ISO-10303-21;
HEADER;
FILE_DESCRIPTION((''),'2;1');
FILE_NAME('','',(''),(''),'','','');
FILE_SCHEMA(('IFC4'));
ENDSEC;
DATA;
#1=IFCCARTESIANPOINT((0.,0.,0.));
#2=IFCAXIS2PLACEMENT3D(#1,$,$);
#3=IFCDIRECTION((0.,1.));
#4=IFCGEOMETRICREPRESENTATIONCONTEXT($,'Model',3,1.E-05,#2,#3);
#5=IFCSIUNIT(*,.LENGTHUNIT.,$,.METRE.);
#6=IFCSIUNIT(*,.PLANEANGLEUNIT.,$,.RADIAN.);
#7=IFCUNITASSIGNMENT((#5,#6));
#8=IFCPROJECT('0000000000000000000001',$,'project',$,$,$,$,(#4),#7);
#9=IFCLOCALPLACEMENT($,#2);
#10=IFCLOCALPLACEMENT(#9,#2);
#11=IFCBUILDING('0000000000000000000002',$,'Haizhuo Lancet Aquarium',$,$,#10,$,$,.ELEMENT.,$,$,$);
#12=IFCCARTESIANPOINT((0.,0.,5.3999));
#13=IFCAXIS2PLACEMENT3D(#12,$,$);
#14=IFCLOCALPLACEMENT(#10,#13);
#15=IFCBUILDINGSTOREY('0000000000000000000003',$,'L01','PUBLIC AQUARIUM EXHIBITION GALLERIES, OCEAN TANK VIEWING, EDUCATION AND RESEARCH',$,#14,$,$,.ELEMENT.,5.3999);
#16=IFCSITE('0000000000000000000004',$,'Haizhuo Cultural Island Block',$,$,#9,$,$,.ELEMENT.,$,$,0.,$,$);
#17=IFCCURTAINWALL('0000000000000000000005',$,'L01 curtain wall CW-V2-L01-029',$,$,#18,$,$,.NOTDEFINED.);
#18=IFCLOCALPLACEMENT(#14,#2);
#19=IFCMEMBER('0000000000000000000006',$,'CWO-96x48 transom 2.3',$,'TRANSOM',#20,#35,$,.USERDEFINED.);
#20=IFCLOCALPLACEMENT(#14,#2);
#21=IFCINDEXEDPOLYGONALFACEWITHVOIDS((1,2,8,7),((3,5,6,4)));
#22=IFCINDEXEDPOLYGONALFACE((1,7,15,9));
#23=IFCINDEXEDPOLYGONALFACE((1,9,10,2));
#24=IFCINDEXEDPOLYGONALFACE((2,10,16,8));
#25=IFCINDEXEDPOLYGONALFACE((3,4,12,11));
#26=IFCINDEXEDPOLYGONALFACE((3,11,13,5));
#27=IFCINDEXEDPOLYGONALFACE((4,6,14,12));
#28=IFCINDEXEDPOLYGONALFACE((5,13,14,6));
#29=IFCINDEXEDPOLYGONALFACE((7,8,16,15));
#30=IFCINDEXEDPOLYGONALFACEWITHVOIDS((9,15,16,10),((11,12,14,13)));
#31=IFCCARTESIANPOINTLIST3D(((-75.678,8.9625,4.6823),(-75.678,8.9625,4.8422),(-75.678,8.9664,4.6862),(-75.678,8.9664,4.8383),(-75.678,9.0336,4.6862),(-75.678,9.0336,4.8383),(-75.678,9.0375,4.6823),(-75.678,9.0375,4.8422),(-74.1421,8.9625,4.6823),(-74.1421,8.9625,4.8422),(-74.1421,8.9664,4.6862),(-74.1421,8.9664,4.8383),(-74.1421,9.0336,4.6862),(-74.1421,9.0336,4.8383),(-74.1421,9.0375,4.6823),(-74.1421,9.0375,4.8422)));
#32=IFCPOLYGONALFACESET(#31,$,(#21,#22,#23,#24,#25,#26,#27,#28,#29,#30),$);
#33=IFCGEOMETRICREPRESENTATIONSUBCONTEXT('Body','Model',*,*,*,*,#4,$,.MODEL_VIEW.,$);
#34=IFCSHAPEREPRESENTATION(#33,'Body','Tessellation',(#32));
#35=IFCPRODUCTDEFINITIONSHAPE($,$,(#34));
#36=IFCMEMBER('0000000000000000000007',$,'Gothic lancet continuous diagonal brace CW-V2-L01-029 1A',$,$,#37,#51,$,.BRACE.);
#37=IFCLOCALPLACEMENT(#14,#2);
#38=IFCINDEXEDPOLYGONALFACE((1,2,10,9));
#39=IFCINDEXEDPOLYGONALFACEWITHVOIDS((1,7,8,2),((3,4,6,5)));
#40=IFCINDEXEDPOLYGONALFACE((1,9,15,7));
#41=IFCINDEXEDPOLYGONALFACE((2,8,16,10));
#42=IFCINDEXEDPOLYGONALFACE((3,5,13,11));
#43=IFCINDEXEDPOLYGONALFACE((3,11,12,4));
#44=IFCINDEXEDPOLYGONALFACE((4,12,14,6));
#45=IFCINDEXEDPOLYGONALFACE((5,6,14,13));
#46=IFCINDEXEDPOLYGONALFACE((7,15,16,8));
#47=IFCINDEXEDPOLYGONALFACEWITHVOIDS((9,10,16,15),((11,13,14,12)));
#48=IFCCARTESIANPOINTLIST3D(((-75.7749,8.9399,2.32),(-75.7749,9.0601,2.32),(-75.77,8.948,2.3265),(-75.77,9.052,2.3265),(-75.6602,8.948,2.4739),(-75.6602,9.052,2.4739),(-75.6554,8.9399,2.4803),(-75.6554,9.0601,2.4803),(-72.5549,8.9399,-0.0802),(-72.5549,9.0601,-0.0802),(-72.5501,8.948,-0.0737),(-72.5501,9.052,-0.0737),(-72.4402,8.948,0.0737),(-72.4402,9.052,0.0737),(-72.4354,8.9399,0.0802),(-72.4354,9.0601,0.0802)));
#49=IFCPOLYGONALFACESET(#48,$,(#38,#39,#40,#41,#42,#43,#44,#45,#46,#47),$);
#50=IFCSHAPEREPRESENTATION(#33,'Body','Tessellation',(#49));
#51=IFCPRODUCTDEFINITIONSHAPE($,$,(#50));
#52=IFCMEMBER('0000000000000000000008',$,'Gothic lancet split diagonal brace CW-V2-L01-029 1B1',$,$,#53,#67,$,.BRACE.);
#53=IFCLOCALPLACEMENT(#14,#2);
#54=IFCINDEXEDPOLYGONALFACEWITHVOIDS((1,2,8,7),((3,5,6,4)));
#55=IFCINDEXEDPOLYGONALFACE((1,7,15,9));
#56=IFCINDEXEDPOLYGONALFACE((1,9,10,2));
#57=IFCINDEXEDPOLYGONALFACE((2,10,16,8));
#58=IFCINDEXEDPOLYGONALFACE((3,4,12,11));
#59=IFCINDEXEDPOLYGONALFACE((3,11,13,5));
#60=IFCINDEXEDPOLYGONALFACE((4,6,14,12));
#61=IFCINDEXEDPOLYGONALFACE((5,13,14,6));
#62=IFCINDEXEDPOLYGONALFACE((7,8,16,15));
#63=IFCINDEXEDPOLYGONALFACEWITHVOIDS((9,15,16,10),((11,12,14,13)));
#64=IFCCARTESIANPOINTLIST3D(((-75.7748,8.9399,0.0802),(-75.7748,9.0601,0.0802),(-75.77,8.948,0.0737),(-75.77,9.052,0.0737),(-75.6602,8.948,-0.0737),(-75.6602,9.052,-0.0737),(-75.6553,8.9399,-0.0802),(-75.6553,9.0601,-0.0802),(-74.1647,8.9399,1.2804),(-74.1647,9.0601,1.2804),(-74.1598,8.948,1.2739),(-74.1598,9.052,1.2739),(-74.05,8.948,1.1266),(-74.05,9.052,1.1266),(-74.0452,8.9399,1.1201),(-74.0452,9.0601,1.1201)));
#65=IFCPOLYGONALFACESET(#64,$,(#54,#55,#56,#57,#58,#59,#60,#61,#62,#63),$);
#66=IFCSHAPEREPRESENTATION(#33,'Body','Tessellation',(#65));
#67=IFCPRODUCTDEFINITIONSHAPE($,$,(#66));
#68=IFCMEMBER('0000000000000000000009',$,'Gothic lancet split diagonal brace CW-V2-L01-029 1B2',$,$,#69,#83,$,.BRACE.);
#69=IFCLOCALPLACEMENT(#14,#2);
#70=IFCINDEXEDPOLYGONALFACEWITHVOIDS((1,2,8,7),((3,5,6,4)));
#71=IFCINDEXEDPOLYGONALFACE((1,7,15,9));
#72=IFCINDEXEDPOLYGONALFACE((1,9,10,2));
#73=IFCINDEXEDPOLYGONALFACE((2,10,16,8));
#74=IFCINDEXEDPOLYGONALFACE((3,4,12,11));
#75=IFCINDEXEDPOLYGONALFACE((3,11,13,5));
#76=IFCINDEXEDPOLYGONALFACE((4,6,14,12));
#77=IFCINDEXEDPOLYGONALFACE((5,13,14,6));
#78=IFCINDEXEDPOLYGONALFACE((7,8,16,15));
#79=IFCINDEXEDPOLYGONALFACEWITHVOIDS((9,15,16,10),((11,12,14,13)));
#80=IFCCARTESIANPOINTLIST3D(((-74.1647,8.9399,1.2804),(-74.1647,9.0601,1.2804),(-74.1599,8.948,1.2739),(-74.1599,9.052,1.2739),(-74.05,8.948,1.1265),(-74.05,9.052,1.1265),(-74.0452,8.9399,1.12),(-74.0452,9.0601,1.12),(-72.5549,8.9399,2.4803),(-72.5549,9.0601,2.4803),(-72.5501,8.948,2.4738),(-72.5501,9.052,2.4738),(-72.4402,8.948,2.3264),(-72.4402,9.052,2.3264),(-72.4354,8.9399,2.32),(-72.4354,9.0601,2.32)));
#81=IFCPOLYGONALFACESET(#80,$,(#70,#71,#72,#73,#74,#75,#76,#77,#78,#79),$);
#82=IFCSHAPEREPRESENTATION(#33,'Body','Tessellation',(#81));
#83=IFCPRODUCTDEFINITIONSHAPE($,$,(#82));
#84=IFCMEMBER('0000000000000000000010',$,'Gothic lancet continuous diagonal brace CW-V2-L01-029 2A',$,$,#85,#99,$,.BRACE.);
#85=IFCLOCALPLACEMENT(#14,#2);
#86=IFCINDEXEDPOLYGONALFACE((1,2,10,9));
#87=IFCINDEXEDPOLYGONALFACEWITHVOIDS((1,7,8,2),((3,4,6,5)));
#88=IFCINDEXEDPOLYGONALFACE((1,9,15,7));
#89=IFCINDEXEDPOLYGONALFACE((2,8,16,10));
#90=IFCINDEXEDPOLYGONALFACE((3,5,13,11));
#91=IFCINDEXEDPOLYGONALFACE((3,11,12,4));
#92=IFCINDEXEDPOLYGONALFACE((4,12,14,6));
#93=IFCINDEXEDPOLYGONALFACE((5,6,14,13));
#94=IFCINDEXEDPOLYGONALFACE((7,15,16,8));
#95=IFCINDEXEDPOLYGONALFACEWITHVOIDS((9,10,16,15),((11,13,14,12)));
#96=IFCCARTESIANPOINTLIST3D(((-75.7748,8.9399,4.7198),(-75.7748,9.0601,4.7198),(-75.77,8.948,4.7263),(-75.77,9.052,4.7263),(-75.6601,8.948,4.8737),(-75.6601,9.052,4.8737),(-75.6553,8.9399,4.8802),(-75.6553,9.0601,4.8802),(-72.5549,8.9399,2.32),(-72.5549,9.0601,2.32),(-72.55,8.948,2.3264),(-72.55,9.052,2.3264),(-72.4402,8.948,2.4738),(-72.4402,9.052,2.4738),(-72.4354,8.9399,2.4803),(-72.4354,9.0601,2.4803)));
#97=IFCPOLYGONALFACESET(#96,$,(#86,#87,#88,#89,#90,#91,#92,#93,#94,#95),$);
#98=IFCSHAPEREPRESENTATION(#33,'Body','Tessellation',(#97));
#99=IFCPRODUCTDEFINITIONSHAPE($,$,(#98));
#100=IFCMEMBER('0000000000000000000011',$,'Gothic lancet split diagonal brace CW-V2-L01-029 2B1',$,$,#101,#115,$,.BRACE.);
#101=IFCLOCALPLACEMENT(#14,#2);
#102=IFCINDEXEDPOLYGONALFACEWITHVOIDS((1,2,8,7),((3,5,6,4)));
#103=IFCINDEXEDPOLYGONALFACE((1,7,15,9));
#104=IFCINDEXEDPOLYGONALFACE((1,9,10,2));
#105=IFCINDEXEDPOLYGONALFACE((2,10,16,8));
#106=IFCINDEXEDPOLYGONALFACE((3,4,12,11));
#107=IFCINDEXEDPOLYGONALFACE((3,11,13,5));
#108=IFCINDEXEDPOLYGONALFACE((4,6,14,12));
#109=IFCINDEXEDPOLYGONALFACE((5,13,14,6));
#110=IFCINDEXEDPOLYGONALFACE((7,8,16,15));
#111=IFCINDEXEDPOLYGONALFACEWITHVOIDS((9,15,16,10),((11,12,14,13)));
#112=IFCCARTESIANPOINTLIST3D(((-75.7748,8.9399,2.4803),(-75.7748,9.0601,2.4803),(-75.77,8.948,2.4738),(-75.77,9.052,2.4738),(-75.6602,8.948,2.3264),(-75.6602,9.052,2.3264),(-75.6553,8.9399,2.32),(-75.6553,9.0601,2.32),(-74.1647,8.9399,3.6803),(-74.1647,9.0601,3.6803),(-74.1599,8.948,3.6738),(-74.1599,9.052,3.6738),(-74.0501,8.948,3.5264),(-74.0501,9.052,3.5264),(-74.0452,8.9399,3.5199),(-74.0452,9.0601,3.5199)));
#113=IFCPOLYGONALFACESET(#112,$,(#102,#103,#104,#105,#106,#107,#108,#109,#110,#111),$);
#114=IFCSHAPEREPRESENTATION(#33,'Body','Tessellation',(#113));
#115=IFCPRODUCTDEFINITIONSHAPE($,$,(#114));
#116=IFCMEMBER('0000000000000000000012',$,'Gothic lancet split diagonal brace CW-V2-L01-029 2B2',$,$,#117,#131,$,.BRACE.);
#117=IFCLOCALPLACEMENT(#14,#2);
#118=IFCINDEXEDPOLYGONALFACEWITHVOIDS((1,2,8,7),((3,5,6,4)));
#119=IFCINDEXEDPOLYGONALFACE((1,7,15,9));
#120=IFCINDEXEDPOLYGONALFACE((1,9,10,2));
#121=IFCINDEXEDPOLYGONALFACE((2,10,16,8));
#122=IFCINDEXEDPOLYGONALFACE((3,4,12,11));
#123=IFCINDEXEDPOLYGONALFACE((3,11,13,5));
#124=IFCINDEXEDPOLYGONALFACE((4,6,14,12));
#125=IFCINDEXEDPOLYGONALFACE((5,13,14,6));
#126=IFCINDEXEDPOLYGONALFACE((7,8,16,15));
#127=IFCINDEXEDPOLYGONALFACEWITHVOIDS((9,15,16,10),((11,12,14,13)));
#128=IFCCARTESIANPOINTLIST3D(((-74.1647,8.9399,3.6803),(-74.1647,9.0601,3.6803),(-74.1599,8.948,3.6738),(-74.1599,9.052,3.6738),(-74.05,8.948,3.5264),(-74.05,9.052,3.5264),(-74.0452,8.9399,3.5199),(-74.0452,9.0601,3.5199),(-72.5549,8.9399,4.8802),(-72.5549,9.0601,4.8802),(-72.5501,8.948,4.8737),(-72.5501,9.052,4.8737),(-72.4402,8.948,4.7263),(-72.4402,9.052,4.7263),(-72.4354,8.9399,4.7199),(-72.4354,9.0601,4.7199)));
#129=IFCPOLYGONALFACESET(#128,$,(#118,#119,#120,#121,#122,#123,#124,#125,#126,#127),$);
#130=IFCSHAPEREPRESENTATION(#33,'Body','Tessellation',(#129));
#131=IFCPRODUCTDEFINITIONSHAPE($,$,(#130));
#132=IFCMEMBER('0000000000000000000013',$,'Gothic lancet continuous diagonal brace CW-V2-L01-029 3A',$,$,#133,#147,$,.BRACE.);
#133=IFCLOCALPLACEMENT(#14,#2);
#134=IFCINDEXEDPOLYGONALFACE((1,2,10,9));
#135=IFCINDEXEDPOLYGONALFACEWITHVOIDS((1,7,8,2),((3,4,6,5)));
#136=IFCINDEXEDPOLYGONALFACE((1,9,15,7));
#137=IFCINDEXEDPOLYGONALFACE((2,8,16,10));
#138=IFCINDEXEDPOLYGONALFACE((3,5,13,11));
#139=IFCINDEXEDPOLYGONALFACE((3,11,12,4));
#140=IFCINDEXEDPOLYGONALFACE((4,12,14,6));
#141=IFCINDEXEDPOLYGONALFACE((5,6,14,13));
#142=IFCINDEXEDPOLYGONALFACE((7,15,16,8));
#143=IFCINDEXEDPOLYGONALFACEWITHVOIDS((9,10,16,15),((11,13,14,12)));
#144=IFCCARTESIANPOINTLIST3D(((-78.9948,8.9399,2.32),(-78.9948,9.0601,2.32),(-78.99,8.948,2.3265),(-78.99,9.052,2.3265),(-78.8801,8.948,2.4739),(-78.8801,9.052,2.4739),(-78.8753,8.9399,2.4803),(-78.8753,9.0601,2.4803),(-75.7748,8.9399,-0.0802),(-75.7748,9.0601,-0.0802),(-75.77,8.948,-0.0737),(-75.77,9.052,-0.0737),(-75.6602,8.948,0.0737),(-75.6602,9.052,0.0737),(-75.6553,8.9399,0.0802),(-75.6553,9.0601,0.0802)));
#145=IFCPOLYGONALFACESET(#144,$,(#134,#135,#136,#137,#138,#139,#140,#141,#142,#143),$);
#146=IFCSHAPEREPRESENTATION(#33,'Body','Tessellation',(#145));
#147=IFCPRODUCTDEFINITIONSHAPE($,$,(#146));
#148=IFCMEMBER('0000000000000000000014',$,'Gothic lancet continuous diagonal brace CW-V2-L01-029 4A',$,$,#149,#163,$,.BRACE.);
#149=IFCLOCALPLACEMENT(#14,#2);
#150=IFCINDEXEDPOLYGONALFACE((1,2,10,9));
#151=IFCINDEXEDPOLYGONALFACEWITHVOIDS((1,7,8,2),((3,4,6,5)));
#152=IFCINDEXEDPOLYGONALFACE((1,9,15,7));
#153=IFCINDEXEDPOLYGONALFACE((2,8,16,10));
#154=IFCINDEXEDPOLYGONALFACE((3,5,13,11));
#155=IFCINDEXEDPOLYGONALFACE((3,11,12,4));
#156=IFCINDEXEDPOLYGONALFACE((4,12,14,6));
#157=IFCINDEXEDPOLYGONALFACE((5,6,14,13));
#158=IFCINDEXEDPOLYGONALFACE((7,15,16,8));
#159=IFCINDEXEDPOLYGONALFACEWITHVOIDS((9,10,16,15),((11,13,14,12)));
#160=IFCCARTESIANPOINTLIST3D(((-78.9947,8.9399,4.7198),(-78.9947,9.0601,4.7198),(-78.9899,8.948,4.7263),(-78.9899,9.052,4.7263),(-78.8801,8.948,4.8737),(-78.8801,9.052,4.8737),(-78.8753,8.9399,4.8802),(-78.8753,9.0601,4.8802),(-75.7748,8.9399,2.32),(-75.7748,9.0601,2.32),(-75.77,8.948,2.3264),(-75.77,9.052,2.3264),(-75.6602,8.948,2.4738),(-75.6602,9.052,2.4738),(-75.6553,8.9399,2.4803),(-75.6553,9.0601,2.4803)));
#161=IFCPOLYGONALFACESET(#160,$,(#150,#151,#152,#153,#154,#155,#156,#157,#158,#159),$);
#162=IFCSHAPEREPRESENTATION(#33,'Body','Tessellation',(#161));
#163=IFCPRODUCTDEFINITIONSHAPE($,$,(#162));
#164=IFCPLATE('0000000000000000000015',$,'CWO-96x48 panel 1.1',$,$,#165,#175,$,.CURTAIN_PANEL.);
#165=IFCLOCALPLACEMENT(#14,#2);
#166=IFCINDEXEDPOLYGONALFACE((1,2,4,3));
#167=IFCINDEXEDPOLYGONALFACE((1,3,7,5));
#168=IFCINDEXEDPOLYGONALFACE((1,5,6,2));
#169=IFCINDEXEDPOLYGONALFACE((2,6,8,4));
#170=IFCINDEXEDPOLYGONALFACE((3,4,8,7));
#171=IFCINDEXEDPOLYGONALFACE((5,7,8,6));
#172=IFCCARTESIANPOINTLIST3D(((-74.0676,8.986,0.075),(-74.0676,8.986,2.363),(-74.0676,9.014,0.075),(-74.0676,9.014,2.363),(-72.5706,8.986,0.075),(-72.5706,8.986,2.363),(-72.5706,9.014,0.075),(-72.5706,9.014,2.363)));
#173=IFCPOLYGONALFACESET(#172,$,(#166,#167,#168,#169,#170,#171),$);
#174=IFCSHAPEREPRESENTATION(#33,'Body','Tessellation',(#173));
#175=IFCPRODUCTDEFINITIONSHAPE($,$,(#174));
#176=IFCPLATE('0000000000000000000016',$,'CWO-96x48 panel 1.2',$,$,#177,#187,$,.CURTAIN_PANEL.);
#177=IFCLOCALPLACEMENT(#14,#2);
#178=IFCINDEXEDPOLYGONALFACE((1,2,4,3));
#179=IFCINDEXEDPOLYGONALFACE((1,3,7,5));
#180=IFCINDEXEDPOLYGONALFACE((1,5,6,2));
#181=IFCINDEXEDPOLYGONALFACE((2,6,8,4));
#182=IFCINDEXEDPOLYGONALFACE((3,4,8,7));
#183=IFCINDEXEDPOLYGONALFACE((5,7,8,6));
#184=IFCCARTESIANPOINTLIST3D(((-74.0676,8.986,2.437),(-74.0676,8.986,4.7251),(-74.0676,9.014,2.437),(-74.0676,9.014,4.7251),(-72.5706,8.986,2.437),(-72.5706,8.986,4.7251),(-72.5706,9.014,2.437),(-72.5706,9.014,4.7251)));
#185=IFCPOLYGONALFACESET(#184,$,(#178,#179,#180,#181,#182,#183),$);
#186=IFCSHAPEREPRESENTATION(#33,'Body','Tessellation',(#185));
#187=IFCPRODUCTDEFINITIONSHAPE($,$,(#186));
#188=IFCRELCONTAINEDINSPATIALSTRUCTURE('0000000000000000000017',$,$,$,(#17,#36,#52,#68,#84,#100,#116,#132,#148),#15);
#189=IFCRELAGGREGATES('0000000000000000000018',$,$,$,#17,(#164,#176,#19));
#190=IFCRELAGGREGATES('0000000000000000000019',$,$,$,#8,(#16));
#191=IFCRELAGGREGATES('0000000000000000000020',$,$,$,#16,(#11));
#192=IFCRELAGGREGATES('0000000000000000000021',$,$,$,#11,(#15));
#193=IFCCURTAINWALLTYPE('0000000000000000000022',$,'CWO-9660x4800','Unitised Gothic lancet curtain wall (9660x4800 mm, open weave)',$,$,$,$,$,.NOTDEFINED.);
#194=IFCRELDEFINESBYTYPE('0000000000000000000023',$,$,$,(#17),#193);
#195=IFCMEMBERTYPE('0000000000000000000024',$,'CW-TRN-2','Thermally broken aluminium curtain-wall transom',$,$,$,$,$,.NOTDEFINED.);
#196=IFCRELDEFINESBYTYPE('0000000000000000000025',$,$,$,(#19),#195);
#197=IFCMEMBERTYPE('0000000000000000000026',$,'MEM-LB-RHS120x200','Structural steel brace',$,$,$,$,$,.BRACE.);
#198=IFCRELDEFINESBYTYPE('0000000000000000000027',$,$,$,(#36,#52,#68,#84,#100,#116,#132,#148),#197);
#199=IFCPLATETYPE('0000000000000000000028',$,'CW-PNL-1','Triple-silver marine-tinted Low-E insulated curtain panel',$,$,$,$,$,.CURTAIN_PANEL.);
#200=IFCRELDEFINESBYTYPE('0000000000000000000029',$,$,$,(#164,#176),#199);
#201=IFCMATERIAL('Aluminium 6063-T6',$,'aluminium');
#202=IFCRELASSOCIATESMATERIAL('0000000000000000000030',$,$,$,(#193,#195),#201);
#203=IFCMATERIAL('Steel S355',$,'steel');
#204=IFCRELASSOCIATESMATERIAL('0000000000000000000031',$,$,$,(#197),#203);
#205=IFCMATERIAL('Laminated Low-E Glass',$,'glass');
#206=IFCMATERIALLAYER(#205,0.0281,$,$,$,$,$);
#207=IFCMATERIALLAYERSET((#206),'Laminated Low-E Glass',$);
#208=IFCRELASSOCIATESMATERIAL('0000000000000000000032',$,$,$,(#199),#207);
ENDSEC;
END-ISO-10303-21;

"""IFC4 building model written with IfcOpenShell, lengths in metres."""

from ifc_helpers import new_model, si_unit, direction, frame, origin, origin_2d, place, context, subcontext, project, spatial, rectangle, hollow_rectangle, extrude, material, layer, layer_set, material_profile, profile_set, type_object, element, aggregate, save


model = new_model("IFC4")

# Units and contexts
model_context = context("Model", 3, precision=1e-05, world=origin(), true_north=direction((0.0, 1.0)))
body_context = subcontext(model_context, "Body", "Model", "MODEL_VIEW")
ifc_project = project(units=[si_unit("LENGTHUNIT", "METRE"), si_unit("PLANEANGLEUNIT", "RADIAN")], contexts=[model_context])

# Site, building, storey
site_placement = place(None, origin())
site = spatial("IfcSite", under=ifc_project, at=site_placement, Name="Haizhuo Cultural Island Block", CompositionType="ELEMENT", RefElevation=0.0)
building_placement = place(site_placement, origin())
building = spatial("IfcBuilding", under=site, at=building_placement, Name="Haizhuo Lancet Aquarium", CompositionType="ELEMENT")
storey_placement = place(building_placement, frame((0.0, 0.0, 5.3999)))
storey = spatial("IfcBuildingStorey", under=building, at=storey_placement, Name="L01", Description="PUBLIC AQUARIUM EXHIBITION GALLERIES, OCEAN TANK VIEWING, EDUCATION AND RESEARCH", CompositionType="ELEMENT", Elevation=5.3999)

# Shared definitions
ifc_material_1 = material(Name="Steel S355", Category="steel")

# Curtain wall, member
ifc_material_2 = material(Name="Aluminium 6063-T6", Category="aluminium")
curtain_wall_type = type_object("IfcCurtainWallType", Name="CWO-9660x4800", Description="Unitised Gothic lancet curtain wall (9660x4800 mm, open weave)", PredefinedType="NOTDEFINED", material=ifc_material_2)
curtain_wall_placement = place(storey_placement, origin())
curtain_wall = element("IfcCurtainWall", 1, at=curtain_wall_placement, inside=storey, type_object=curtain_wall_type, Name="L01 curtain wall CW-V2-L01-029", PredefinedType="NOTDEFINED")
ifc_material_profile_1 = material_profile(ifc_material_2, hollow_rectangle(XDim=0.075, YDim=0.1599, WallThickness=0.0039, at=origin_2d()), Name="ALU-T 75x160x4")
ifc_profile_set_1 = profile_set([ifc_material_profile_1], Name="Aluminium 6063-T6")
member_type_1 = type_object("IfcMemberType", Name="CW-TRN-2", Description="Thermally broken aluminium curtain-wall transom", PredefinedType="NOTDEFINED", material=ifc_profile_set_1)
member_1_placement = place(storey_placement, frame((-74.1421, 9.0, 4.7622), z_axis=(-1.0, 0.0, 0.0), x_axis=(0.0, -1.0, 0.0)))
member_1 = element("IfcMember", 2, at=member_1_placement, type_object=member_type_1, Name="CWO-96x48 transom 2.3", ObjectType="TRANSOM", PredefinedType="USERDEFINED", context=body_context, shape_type="SweptSolid", body=[
    extrude(hollow_rectangle(XDim=0.075, YDim=0.1599, WallThickness=0.0039, at=origin_2d()), origin(), (0.0, 0.0, 1.0), 1.5359),
])

# Members
ifc_material_profile_2 = material_profile(ifc_material_1, hollow_rectangle(XDim=0.1201, YDim=0.2, WallThickness=0.0081, at=origin_2d()), Name="RHS 120x200x8")
ifc_profile_set_2 = profile_set([ifc_material_profile_2], Name="Steel S355")
member_type_2 = type_object("IfcMemberType", Name="MEM-LB-RHS120x200", Description="Structural steel brace", PredefinedType="BRACE", material=ifc_profile_set_2)
member_2_placement = place(storey_placement, frame((-72.4951, 9.0, 0.0), z_axis=(-0.801769, 0.0, 0.597634), x_axis=(0.0, -1.0, 0.0)))
element("IfcMember", 3, at=member_2_placement, inside=storey, type_object=member_type_2, Name="Gothic lancet continuous diagonal brace CW-V2-L01-029 1A", PredefinedType="BRACE", context=body_context, shape_type="SweptSolid", body=[
    extrude(hollow_rectangle(XDim=0.1201, YDim=0.2, WallThickness=0.0081, at=origin_2d()), origin(), (0.0, 0.0, 1.0), 4.0161),
])
member_3_placement = place(storey_placement, frame((-75.7151, 9.0, 0.0), z_axis=(0.801762, 0.0, 0.597644), x_axis=(0.0, 1.0, 0.0)))
element("IfcMember", 4, at=member_3_placement, inside=storey, type_object=member_type_2, Name="Gothic lancet split diagonal brace CW-V2-L01-029 1B1", PredefinedType="BRACE", context=body_context, shape_type="SweptSolid", body=[
    extrude(hollow_rectangle(XDim=0.1201, YDim=0.2, WallThickness=0.0081, at=origin_2d()), origin(), (0.0, 0.0, 1.0), 2.0083),
])
member_4_placement = place(storey_placement, frame((-74.105, 9.0, 1.2002), z_axis=(0.801777, 0.0, 0.597624), x_axis=(0.0, 1.0, 0.0)))
element("IfcMember", 5, at=member_4_placement, inside=storey, type_object=member_type_2, Name="Gothic lancet split diagonal brace CW-V2-L01-029 1B2", PredefinedType="BRACE", context=body_context, shape_type="SweptSolid", body=[
    extrude(hollow_rectangle(XDim=0.1201, YDim=0.2, WallThickness=0.0081, at=origin_2d()), origin(), (0.0, 0.0, 1.0), 2.0078),
])
member_5_placement = place(storey_placement, frame((-72.4951, 9.0, 2.4001), z_axis=(-0.801798, 0.0, 0.597595), x_axis=(0.0, -1.0, 0.0)))
element("IfcMember", 6, at=member_5_placement, inside=storey, type_object=member_type_2, Name="Gothic lancet continuous diagonal brace CW-V2-L01-029 2A", PredefinedType="BRACE", context=body_context, shape_type="SweptSolid", body=[
    extrude(hollow_rectangle(XDim=0.1201, YDim=0.2, WallThickness=0.0081, at=origin_2d()), origin(), (0.0, 0.0, 1.0), 4.0159),
])
member_6_placement = place(storey_placement, frame((-75.7151, 9.0, 2.4001), z_axis=(0.80182, 0.0, 0.597566), x_axis=(0.0, 1.0, 0.0)))
element("IfcMember", 7, at=member_6_placement, inside=storey, type_object=member_type_2, Name="Gothic lancet split diagonal brace CW-V2-L01-029 2B1", PredefinedType="BRACE", context=body_context, shape_type="SweptSolid", body=[
    extrude(hollow_rectangle(XDim=0.1201, YDim=0.2, WallThickness=0.0081, at=origin_2d()), origin(), (0.0, 0.0, 1.0), 2.0081),
])
member_7_placement = place(storey_placement, frame((-74.105, 9.0, 3.6001), z_axis=(0.801777, 0.0, 0.597624), x_axis=(0.0, 1.0, 0.0)))
element("IfcMember", 8, at=member_7_placement, inside=storey, type_object=member_type_2, Name="Gothic lancet split diagonal brace CW-V2-L01-029 2B2", PredefinedType="BRACE", context=body_context, shape_type="SweptSolid", body=[
    extrude(hollow_rectangle(XDim=0.1201, YDim=0.2, WallThickness=0.0081, at=origin_2d()), origin(), (0.0, 0.0, 1.0), 2.0078),
])
member_8_placement = place(storey_placement, frame((-75.7151, 9.0, 0.0), z_axis=(-0.801769, 0.0, 0.597634), x_axis=(0.0, -1.0, 0.0)))
element("IfcMember", 9, at=member_8_placement, inside=storey, type_object=member_type_2, Name="Gothic lancet continuous diagonal brace CW-V2-L01-029 3A", PredefinedType="BRACE", context=body_context, shape_type="SweptSolid", body=[
    extrude(hollow_rectangle(XDim=0.1201, YDim=0.2, WallThickness=0.0081, at=origin_2d()), origin(), (0.0, 0.0, 1.0), 4.0161),
])
member_9_placement = place(storey_placement, frame((-75.7151, 9.0, 2.4001), z_axis=(-0.801798, 0.0, 0.597595), x_axis=(0.0, -1.0, 0.0)))
element("IfcMember", 10, at=member_9_placement, inside=storey, type_object=member_type_2, Name="Gothic lancet continuous diagonal brace CW-V2-L01-029 4A", PredefinedType="BRACE", context=body_context, shape_type="SweptSolid", body=[
    extrude(hollow_rectangle(XDim=0.1201, YDim=0.2, WallThickness=0.0081, at=origin_2d()), origin(), (0.0, 0.0, 1.0), 4.0159),
])

# Plates
ifc_material_3 = material(Name="Laminated Low-E Glass", Category="glass")
ifc_layer = layer(ifc_material_3, 0.0281)
ifc_layer_set = layer_set([ifc_layer], Name="Laminated Low-E Glass")
plate_type = type_object("IfcPlateType", Name="CW-PNL-1", Description="Triple-silver marine-tinted Low-E insulated curtain panel", PredefinedType="CURTAIN_PANEL", material=ifc_layer_set)
plate_1_placement = place(storey_placement, frame((-73.3191, 9.0, 0.075), z_axis=(0.0, 0.0, 1.0), x_axis=(-1.0, 0.0, 0.0)))
plate_1 = element("IfcPlate", 11, at=plate_1_placement, type_object=plate_type, Name="CWO-96x48 panel 1.1", PredefinedType="CURTAIN_PANEL", context=body_context, shape_type="SweptSolid", body=[
    extrude(rectangle(XDim=1.4971, YDim=0.0281, at=origin_2d()), origin(), (0.0, 0.0, 1.0), 2.2881),
])
plate_2_placement = place(storey_placement, frame((-73.3191, 9.0, 2.437), z_axis=(0.0, 0.0, 1.0), x_axis=(-1.0, 0.0, 0.0)))
plate_2 = element("IfcPlate", 12, at=plate_2_placement, type_object=plate_type, Name="CWO-96x48 panel 1.2", PredefinedType="CURTAIN_PANEL", context=body_context, shape_type="SweptSolid", body=[
    extrude(rectangle(XDim=1.4971, YDim=0.0281, at=origin_2d()), origin(), (0.0, 0.0, 1.0), 2.2881),
])
aggregate(curtain_wall, [plate_1, plate_2, member_1])

save(model, "model.ifc")
